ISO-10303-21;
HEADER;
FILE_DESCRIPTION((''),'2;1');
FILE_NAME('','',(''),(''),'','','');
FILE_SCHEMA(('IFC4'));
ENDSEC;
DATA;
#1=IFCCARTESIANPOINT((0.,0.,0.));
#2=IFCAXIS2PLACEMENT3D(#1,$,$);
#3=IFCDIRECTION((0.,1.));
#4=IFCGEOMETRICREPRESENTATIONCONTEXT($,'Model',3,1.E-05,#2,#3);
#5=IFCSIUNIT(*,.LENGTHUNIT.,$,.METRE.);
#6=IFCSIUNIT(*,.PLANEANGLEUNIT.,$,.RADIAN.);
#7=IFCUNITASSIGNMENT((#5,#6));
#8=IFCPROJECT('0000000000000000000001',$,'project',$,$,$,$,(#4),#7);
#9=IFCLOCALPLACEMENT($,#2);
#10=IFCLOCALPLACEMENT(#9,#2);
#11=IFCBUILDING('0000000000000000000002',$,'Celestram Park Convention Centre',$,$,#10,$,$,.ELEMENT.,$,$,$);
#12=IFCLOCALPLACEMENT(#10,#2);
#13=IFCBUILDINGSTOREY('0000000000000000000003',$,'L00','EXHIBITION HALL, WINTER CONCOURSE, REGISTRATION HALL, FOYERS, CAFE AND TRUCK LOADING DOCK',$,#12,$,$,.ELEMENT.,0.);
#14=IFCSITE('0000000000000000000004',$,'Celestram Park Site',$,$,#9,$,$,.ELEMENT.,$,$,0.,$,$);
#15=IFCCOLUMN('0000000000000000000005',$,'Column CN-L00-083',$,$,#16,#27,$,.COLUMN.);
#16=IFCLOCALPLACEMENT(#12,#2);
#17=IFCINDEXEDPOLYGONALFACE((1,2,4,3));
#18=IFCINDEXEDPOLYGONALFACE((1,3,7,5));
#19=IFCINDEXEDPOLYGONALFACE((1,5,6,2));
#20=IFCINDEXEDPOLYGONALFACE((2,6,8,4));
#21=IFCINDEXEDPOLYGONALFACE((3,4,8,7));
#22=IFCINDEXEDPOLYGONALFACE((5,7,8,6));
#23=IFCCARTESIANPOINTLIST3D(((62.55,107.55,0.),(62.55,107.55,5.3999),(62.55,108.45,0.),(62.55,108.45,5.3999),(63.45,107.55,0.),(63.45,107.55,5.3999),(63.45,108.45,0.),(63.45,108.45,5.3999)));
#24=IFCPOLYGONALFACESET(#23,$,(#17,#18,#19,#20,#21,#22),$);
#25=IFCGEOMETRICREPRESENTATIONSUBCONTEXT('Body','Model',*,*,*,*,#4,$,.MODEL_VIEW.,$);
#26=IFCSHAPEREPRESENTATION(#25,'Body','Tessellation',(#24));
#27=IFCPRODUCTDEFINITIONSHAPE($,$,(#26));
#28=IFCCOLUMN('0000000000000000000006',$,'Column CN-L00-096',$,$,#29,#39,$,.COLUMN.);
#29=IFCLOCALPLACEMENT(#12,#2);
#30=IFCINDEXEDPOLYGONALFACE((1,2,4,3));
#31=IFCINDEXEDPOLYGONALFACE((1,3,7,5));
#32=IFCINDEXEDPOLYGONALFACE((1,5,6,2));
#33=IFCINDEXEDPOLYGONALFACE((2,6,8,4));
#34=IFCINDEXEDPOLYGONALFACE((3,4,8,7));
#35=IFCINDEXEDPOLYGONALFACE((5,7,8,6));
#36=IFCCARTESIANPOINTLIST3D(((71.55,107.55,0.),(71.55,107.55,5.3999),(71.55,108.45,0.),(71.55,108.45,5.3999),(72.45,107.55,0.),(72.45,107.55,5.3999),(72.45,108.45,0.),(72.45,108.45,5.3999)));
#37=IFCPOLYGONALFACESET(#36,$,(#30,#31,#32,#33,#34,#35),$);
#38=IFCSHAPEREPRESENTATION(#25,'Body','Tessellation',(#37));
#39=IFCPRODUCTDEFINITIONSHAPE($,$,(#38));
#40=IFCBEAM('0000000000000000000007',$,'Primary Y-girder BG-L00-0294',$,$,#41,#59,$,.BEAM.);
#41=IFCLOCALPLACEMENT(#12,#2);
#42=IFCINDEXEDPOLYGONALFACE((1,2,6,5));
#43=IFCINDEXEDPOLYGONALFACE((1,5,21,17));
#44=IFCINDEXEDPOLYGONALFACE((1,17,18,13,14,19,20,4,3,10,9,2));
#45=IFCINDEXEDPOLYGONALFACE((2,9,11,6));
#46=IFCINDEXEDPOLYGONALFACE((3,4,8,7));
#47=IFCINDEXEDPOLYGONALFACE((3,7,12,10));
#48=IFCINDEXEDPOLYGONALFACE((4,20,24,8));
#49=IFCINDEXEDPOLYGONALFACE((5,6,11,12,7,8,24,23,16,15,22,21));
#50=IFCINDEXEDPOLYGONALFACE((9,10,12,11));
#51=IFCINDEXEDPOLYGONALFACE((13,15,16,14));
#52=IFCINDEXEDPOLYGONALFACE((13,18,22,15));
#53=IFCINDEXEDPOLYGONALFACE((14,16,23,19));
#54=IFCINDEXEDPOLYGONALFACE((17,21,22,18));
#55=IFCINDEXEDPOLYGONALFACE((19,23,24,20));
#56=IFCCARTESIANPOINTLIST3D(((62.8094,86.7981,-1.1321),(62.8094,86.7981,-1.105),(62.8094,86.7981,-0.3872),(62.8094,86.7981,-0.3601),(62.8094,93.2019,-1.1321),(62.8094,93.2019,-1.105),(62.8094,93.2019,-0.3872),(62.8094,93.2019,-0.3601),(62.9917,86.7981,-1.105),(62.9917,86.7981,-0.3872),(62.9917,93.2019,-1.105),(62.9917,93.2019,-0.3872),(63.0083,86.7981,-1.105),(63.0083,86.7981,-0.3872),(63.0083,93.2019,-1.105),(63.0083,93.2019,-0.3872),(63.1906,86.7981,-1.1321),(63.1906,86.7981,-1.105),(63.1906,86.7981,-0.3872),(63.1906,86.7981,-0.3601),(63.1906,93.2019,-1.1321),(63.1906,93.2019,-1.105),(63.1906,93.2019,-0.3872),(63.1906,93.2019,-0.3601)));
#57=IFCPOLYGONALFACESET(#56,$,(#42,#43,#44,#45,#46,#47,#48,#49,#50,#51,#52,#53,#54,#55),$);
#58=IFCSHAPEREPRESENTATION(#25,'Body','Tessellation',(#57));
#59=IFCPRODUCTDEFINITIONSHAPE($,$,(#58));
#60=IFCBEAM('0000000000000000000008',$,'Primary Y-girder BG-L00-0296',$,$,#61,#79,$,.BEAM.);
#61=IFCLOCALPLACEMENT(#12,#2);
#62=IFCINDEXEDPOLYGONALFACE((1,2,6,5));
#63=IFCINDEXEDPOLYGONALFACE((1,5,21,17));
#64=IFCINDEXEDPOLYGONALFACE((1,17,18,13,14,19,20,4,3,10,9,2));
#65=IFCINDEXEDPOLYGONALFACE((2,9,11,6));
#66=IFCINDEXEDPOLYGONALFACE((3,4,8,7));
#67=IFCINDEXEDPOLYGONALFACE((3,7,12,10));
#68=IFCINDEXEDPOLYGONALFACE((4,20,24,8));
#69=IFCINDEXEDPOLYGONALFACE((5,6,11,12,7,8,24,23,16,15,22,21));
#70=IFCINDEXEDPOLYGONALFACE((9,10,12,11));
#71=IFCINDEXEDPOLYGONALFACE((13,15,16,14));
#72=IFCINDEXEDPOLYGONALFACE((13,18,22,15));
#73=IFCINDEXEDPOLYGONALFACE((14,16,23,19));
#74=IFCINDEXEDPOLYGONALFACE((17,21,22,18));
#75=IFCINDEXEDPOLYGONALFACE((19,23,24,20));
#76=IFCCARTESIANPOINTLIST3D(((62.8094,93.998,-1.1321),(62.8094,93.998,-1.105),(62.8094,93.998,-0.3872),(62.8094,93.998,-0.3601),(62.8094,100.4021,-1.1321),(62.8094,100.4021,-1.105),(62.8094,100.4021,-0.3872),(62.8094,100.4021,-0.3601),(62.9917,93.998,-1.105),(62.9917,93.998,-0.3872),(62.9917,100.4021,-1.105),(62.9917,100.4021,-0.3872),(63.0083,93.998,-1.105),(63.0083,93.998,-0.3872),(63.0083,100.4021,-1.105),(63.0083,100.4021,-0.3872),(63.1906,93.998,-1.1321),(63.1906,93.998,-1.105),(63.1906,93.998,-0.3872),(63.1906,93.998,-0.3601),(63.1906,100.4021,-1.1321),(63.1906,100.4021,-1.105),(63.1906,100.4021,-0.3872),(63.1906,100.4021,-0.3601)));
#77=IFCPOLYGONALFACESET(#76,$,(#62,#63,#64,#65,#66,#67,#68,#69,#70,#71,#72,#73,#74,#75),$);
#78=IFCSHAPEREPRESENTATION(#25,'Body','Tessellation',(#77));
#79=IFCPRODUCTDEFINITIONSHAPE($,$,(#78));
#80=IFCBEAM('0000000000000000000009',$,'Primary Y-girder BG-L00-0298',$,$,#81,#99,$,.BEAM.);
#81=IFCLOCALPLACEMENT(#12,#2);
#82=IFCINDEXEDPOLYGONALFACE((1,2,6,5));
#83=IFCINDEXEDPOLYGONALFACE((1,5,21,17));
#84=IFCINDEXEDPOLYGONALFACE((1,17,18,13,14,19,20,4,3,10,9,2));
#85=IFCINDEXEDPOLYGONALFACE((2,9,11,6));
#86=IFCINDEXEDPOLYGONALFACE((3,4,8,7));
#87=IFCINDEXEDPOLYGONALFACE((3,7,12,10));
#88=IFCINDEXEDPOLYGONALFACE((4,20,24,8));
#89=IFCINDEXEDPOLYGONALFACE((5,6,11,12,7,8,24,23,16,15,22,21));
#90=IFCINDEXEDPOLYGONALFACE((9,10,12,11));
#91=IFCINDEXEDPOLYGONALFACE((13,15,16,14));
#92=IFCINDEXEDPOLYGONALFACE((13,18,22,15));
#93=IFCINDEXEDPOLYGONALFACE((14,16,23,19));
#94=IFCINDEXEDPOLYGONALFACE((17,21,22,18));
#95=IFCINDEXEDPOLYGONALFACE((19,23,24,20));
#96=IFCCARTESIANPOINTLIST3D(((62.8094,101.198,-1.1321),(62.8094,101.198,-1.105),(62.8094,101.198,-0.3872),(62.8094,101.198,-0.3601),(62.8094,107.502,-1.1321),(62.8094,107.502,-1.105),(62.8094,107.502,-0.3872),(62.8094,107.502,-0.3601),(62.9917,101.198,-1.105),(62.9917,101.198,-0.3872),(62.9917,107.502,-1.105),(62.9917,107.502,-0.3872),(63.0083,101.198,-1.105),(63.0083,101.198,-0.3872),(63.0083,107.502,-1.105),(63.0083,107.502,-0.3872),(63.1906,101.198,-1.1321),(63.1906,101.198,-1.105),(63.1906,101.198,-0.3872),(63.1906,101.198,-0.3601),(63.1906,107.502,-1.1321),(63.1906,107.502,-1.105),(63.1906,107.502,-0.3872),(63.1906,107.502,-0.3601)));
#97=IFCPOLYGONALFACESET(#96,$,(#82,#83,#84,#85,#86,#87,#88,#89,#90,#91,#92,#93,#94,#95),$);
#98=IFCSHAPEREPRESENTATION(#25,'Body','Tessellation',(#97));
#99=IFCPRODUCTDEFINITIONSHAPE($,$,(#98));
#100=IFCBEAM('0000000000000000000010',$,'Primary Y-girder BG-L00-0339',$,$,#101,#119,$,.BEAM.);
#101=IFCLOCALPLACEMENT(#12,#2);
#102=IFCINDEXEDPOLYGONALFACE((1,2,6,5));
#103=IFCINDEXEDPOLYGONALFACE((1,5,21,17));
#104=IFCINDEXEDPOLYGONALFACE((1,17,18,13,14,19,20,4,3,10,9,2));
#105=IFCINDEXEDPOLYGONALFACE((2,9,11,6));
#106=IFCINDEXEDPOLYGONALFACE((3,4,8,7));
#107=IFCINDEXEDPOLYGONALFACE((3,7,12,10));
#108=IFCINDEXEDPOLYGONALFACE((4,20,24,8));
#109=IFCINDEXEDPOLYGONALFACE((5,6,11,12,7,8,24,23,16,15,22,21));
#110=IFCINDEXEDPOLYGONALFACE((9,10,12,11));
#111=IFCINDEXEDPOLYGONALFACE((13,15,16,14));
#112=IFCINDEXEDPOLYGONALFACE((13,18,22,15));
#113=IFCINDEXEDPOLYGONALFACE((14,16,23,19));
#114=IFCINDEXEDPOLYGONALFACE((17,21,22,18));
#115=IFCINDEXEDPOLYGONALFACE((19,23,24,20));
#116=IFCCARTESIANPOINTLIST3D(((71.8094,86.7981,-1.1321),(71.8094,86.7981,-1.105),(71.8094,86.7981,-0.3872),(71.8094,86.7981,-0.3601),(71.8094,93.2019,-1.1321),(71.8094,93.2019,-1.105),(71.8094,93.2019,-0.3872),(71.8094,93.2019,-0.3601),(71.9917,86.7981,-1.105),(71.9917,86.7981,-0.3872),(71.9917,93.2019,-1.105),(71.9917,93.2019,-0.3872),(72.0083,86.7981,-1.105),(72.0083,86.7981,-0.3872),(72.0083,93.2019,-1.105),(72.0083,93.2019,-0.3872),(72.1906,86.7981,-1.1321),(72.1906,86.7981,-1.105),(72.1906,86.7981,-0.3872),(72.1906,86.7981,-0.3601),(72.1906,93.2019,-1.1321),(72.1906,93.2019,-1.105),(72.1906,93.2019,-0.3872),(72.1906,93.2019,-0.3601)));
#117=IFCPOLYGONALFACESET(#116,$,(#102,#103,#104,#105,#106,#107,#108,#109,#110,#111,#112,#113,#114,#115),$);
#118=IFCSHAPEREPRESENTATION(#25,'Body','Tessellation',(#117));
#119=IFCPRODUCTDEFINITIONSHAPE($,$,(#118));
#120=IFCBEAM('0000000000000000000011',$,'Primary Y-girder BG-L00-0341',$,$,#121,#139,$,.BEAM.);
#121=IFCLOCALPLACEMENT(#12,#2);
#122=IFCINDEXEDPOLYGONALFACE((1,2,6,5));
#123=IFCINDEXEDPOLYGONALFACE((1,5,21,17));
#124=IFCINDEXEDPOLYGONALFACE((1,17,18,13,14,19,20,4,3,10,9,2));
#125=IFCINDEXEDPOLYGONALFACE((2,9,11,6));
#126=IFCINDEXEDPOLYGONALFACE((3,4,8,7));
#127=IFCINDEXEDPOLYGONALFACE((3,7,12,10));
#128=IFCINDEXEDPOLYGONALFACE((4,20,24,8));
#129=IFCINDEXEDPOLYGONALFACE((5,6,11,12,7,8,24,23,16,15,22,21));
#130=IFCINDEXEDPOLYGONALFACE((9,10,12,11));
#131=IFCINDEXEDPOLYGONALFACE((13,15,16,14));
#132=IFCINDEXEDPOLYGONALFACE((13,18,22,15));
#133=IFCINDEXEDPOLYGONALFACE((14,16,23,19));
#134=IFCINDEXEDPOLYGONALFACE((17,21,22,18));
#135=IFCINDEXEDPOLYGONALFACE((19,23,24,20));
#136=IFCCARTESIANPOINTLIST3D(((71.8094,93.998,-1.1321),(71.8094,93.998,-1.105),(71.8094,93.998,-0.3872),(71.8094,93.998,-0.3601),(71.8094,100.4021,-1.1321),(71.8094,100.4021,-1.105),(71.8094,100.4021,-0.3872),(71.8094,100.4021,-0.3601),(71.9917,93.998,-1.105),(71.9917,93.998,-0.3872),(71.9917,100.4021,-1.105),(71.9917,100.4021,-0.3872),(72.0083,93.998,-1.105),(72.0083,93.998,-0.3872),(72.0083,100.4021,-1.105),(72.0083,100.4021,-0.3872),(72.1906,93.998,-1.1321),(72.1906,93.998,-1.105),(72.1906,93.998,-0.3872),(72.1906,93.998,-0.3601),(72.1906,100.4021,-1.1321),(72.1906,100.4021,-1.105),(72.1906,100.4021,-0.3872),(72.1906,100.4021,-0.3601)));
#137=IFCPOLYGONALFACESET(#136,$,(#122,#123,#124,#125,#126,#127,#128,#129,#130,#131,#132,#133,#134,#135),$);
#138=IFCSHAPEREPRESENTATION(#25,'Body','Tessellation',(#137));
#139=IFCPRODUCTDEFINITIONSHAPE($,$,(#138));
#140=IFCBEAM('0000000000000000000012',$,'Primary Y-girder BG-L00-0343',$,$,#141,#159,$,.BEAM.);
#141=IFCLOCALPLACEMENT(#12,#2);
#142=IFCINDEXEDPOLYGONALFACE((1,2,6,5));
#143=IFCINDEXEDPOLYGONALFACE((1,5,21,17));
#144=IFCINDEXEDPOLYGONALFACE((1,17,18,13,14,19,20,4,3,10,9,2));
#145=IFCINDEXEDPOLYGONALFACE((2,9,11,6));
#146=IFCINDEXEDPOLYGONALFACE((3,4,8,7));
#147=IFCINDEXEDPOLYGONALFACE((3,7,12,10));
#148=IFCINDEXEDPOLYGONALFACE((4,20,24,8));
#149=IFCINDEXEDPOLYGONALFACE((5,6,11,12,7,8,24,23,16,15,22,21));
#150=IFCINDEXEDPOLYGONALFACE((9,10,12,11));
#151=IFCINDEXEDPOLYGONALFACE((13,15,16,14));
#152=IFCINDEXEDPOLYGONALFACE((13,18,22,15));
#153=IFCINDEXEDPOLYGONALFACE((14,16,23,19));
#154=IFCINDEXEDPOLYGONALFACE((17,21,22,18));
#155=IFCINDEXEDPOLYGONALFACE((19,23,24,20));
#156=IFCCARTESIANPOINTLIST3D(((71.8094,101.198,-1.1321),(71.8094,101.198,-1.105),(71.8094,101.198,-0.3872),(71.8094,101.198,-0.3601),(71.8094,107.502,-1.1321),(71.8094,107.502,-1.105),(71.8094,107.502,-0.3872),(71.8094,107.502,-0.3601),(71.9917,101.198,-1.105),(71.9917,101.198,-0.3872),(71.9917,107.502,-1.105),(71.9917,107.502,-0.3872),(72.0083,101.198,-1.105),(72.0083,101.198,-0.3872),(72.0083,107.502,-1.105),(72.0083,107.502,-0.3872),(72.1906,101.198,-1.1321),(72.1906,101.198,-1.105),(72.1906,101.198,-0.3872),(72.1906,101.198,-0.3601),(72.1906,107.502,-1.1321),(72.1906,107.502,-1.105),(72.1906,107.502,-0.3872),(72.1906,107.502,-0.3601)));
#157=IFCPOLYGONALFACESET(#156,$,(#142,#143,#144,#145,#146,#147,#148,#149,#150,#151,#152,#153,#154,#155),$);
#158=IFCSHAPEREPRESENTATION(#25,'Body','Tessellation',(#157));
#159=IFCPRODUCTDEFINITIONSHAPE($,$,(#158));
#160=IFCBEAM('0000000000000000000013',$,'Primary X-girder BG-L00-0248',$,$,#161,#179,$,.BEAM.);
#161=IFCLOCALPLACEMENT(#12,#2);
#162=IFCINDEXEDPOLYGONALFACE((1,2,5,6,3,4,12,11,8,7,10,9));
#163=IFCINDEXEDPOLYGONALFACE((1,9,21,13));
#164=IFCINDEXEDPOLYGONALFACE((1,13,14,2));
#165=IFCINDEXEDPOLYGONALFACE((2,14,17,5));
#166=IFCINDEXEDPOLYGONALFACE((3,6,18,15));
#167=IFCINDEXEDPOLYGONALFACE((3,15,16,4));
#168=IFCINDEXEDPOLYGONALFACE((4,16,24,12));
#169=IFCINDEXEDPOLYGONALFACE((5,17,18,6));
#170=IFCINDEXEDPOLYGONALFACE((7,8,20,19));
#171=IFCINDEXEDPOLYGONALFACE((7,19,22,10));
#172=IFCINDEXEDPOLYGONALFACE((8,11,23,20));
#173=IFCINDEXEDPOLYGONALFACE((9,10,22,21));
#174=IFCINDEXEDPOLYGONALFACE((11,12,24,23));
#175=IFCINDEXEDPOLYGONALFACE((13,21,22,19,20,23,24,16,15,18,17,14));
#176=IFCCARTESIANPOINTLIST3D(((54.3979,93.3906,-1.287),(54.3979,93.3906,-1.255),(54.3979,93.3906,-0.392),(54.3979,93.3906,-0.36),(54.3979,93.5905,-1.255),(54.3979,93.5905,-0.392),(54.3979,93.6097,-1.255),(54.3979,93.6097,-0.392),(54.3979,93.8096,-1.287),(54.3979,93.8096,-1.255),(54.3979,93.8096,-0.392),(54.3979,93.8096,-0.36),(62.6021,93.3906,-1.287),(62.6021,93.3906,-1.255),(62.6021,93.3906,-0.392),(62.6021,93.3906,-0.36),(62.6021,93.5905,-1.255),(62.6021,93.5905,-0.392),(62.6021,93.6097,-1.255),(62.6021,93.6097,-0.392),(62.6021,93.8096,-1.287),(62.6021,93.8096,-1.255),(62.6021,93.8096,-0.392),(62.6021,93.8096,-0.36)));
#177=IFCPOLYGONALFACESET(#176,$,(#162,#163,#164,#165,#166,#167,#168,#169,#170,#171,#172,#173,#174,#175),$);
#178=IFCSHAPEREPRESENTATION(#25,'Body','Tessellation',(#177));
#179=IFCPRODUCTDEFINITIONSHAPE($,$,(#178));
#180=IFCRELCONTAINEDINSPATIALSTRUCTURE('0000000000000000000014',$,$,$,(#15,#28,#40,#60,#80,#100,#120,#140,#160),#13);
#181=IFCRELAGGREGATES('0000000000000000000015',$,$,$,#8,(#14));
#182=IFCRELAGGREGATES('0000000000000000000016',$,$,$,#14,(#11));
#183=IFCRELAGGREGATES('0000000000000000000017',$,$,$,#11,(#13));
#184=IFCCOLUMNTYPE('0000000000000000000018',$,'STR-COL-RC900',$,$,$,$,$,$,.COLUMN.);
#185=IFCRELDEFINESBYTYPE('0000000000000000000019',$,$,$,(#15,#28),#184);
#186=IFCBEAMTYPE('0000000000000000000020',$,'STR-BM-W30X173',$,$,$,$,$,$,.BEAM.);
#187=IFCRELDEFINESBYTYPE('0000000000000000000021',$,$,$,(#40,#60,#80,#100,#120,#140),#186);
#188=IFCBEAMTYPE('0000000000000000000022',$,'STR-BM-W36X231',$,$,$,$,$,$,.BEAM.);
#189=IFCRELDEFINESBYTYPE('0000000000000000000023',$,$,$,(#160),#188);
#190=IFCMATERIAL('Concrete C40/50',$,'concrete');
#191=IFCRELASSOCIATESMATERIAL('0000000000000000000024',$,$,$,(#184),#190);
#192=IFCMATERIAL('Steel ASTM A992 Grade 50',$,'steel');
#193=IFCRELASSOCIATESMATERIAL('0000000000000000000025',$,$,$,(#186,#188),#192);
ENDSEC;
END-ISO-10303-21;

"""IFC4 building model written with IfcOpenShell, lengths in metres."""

from ifc_helpers import new_model, si_unit, direction, frame, origin, origin_2d, place, context, subcontext, project, spatial, rectangle, i_section, extrude, material, material_profile, profile_set, type_object, element, save


model = new_model("IFC4")

# Units and contexts
model_context = context("Model", 3, precision=1e-05, world=origin(), true_north=direction((0.0, 1.0)))
body_context = subcontext(model_context, "Body", "Model", "MODEL_VIEW")
ifc_project = project(units=[si_unit("LENGTHUNIT", "METRE"), si_unit("PLANEANGLEUNIT", "RADIAN")], contexts=[model_context])

# Site, building, storey
site_placement = place(None, origin())
site = spatial("IfcSite", under=ifc_project, at=site_placement, Name="Celestram Park Site", CompositionType="ELEMENT", RefElevation=0.0)
building_placement = place(site_placement, origin())
building = spatial("IfcBuilding", under=site, at=building_placement, Name="Celestram Park Convention Centre", CompositionType="ELEMENT")
storey_placement = place(building_placement, origin())
storey = spatial("IfcBuildingStorey", under=building, at=storey_placement, Name="L00", Description="EXHIBITION HALL, WINTER CONCOURSE, REGISTRATION HALL, FOYERS, CAFE AND TRUCK LOADING DOCK", CompositionType="ELEMENT", Elevation=0.0)

# Columns
ifc_material_1 = material(Name="Concrete C40/50", Category="concrete")
ifc_material_profile_1 = material_profile(ifc_material_1, rectangle(XDim=0.8999, YDim=0.8999, at=origin_2d()), Name="RC900X900")
ifc_profile_set_1 = profile_set([ifc_material_profile_1], Name="Concrete C40/50")
column_type = type_object("IfcColumnType", Name="STR-COL-RC900", PredefinedType="COLUMN", material=ifc_profile_set_1)
for number, where, z_axis, x_axis, name in (
    (1, (63.0, 108.0, 0.0), (0.0, 0.0, 1.0), (1.0, 0.0, 0.0), "Column CN-L00-083"),
    (2, (72.0, 108.0, 0.0), (0.0, 0.0, 1.0), (1.0, 0.0, 0.0), "Column CN-L00-096"),
):
    element("IfcColumn", number, at=place(storey_placement, frame(where, z_axis=z_axis, x_axis=x_axis)), inside=storey, type_object=column_type, Name=name, PredefinedType="COLUMN", context=body_context, shape_type="SweptSolid", body=[
        extrude(rectangle(XDim=0.8999, YDim=0.8999, at=origin_2d()), origin(), (0.0, 0.0, 1.0), 5.3999),
    ])

# Beams
ifc_material_2 = material(Name="Steel ASTM A992 Grade 50", Category="steel")
ifc_material_profile_2 = material_profile(ifc_material_2, i_section(OverallWidth=0.3811, OverallDepth=0.772, WebThickness=0.0166, FlangeThickness=0.0271, at=origin_2d()), Name="W30X173")
ifc_profile_set_2 = profile_set([ifc_material_profile_2], Name="Steel ASTM A992 Grade 50")
beam_type_1 = type_object("IfcBeamType", Name="STR-BM-W30X173", PredefinedType="BEAM", material=ifc_profile_set_2)
beam_1_placement = place(storey_placement, frame((63.0, 86.7981, -0.7461), z_axis=(0.0, 1.0, 0.0), x_axis=(-1.0, 0.0, 0.0)))
element("IfcBeam", 3, at=beam_1_placement, inside=storey, type_object=beam_type_1, Name="Primary Y-girder BG-L00-0294", PredefinedType="BEAM", context=body_context, shape_type="SweptSolid", body=[
    extrude(i_section(OverallWidth=0.3811, OverallDepth=0.772, WebThickness=0.0166, FlangeThickness=0.0271, at=origin_2d()), origin(), (0.0, 0.0, 1.0), 6.4038),
])
beam_2_placement = place(storey_placement, frame((63.0, 93.998, -0.7461), z_axis=(0.0, 1.0, 0.0), x_axis=(-1.0, 0.0, 0.0)))
element("IfcBeam", 4, at=beam_2_placement, inside=storey, type_object=beam_type_1, Name="Primary Y-girder BG-L00-0296", PredefinedType="BEAM", context=body_context, shape_type="SweptSolid", body=[
    extrude(i_section(OverallWidth=0.3811, OverallDepth=0.772, WebThickness=0.0166, FlangeThickness=0.0271, at=origin_2d()), origin(), (0.0, 0.0, 1.0), 6.4041),
])
beam_3_placement = place(storey_placement, frame((63.0, 101.198, -0.7461), z_axis=(0.0, 1.0, 0.0), x_axis=(-1.0, 0.0, 0.0)))
element("IfcBeam", 5, at=beam_3_placement, inside=storey, type_object=beam_type_1, Name="Primary Y-girder BG-L00-0298", PredefinedType="BEAM", context=body_context, shape_type="SweptSolid", body=[
    extrude(i_section(OverallWidth=0.3811, OverallDepth=0.772, WebThickness=0.0166, FlangeThickness=0.0271, at=origin_2d()), origin(), (0.0, 0.0, 1.0), 6.304),
])
beam_4_placement = place(storey_placement, frame((72.0, 86.7981, -0.7461), z_axis=(0.0, 1.0, 0.0), x_axis=(-1.0, 0.0, 0.0)))
element("IfcBeam", 6, at=beam_4_placement, inside=storey, type_object=beam_type_1, Name="Primary Y-girder BG-L00-0339", PredefinedType="BEAM", context=body_context, shape_type="SweptSolid", body=[
    extrude(i_section(OverallWidth=0.3811, OverallDepth=0.772, WebThickness=0.0166, FlangeThickness=0.0271, at=origin_2d()), origin(), (0.0, 0.0, 1.0), 6.4038),
])
beam_5_placement = place(storey_placement, frame((72.0, 93.998, -0.7461), z_axis=(0.0, 1.0, 0.0), x_axis=(-1.0, 0.0, 0.0)))
element("IfcBeam", 7, at=beam_5_placement, inside=storey, type_object=beam_type_1, Name="Primary Y-girder BG-L00-0341", PredefinedType="BEAM", context=body_context, shape_type="SweptSolid", body=[
    extrude(i_section(OverallWidth=0.3811, OverallDepth=0.772, WebThickness=0.0166, FlangeThickness=0.0271, at=origin_2d()), origin(), (0.0, 0.0, 1.0), 6.4041),
])
beam_6_placement = place(storey_placement, frame((72.0, 101.198, -0.7461), z_axis=(0.0, 1.0, 0.0), x_axis=(-1.0, 0.0, 0.0)))
element("IfcBeam", 8, at=beam_6_placement, inside=storey, type_object=beam_type_1, Name="Primary Y-girder BG-L00-0343", PredefinedType="BEAM", context=body_context, shape_type="SweptSolid", body=[
    extrude(i_section(OverallWidth=0.3811, OverallDepth=0.772, WebThickness=0.0166, FlangeThickness=0.0271, at=origin_2d()), origin(), (0.0, 0.0, 1.0), 6.304),
])
ifc_material_profile_3 = material_profile(ifc_material_2, i_section(OverallWidth=0.4189, OverallDepth=0.927, WebThickness=0.0193, FlangeThickness=0.032, at=origin_2d()), Name="W36X231")
ifc_profile_set_3 = profile_set([ifc_material_profile_3], Name="Steel ASTM A992 Grade 50")
beam_type_2 = type_object("IfcBeamType", Name="STR-BM-W36X231", PredefinedType="BEAM", material=ifc_profile_set_3)
for number, where, z_axis, x_axis, name in (
    (9, (54.3979, 93.6001, -0.8235), (1.0, 0.0, 0.0), (0.0, 1.0, 0.0), "Primary X-girder BG-L00-0248"),
):
    element("IfcBeam", number, at=place(storey_placement, frame(where, z_axis=z_axis, x_axis=x_axis)), inside=storey, type_object=beam_type_2, Name=name, PredefinedType="BEAM", context=body_context, shape_type="SweptSolid", body=[
        extrude(i_section(OverallWidth=0.4189, OverallDepth=0.927, WebThickness=0.0193, FlangeThickness=0.032, at=origin_2d()), origin(), (0.0, 0.0, 1.0), 8.2041),
    ])

save(model, "model.ifc")
